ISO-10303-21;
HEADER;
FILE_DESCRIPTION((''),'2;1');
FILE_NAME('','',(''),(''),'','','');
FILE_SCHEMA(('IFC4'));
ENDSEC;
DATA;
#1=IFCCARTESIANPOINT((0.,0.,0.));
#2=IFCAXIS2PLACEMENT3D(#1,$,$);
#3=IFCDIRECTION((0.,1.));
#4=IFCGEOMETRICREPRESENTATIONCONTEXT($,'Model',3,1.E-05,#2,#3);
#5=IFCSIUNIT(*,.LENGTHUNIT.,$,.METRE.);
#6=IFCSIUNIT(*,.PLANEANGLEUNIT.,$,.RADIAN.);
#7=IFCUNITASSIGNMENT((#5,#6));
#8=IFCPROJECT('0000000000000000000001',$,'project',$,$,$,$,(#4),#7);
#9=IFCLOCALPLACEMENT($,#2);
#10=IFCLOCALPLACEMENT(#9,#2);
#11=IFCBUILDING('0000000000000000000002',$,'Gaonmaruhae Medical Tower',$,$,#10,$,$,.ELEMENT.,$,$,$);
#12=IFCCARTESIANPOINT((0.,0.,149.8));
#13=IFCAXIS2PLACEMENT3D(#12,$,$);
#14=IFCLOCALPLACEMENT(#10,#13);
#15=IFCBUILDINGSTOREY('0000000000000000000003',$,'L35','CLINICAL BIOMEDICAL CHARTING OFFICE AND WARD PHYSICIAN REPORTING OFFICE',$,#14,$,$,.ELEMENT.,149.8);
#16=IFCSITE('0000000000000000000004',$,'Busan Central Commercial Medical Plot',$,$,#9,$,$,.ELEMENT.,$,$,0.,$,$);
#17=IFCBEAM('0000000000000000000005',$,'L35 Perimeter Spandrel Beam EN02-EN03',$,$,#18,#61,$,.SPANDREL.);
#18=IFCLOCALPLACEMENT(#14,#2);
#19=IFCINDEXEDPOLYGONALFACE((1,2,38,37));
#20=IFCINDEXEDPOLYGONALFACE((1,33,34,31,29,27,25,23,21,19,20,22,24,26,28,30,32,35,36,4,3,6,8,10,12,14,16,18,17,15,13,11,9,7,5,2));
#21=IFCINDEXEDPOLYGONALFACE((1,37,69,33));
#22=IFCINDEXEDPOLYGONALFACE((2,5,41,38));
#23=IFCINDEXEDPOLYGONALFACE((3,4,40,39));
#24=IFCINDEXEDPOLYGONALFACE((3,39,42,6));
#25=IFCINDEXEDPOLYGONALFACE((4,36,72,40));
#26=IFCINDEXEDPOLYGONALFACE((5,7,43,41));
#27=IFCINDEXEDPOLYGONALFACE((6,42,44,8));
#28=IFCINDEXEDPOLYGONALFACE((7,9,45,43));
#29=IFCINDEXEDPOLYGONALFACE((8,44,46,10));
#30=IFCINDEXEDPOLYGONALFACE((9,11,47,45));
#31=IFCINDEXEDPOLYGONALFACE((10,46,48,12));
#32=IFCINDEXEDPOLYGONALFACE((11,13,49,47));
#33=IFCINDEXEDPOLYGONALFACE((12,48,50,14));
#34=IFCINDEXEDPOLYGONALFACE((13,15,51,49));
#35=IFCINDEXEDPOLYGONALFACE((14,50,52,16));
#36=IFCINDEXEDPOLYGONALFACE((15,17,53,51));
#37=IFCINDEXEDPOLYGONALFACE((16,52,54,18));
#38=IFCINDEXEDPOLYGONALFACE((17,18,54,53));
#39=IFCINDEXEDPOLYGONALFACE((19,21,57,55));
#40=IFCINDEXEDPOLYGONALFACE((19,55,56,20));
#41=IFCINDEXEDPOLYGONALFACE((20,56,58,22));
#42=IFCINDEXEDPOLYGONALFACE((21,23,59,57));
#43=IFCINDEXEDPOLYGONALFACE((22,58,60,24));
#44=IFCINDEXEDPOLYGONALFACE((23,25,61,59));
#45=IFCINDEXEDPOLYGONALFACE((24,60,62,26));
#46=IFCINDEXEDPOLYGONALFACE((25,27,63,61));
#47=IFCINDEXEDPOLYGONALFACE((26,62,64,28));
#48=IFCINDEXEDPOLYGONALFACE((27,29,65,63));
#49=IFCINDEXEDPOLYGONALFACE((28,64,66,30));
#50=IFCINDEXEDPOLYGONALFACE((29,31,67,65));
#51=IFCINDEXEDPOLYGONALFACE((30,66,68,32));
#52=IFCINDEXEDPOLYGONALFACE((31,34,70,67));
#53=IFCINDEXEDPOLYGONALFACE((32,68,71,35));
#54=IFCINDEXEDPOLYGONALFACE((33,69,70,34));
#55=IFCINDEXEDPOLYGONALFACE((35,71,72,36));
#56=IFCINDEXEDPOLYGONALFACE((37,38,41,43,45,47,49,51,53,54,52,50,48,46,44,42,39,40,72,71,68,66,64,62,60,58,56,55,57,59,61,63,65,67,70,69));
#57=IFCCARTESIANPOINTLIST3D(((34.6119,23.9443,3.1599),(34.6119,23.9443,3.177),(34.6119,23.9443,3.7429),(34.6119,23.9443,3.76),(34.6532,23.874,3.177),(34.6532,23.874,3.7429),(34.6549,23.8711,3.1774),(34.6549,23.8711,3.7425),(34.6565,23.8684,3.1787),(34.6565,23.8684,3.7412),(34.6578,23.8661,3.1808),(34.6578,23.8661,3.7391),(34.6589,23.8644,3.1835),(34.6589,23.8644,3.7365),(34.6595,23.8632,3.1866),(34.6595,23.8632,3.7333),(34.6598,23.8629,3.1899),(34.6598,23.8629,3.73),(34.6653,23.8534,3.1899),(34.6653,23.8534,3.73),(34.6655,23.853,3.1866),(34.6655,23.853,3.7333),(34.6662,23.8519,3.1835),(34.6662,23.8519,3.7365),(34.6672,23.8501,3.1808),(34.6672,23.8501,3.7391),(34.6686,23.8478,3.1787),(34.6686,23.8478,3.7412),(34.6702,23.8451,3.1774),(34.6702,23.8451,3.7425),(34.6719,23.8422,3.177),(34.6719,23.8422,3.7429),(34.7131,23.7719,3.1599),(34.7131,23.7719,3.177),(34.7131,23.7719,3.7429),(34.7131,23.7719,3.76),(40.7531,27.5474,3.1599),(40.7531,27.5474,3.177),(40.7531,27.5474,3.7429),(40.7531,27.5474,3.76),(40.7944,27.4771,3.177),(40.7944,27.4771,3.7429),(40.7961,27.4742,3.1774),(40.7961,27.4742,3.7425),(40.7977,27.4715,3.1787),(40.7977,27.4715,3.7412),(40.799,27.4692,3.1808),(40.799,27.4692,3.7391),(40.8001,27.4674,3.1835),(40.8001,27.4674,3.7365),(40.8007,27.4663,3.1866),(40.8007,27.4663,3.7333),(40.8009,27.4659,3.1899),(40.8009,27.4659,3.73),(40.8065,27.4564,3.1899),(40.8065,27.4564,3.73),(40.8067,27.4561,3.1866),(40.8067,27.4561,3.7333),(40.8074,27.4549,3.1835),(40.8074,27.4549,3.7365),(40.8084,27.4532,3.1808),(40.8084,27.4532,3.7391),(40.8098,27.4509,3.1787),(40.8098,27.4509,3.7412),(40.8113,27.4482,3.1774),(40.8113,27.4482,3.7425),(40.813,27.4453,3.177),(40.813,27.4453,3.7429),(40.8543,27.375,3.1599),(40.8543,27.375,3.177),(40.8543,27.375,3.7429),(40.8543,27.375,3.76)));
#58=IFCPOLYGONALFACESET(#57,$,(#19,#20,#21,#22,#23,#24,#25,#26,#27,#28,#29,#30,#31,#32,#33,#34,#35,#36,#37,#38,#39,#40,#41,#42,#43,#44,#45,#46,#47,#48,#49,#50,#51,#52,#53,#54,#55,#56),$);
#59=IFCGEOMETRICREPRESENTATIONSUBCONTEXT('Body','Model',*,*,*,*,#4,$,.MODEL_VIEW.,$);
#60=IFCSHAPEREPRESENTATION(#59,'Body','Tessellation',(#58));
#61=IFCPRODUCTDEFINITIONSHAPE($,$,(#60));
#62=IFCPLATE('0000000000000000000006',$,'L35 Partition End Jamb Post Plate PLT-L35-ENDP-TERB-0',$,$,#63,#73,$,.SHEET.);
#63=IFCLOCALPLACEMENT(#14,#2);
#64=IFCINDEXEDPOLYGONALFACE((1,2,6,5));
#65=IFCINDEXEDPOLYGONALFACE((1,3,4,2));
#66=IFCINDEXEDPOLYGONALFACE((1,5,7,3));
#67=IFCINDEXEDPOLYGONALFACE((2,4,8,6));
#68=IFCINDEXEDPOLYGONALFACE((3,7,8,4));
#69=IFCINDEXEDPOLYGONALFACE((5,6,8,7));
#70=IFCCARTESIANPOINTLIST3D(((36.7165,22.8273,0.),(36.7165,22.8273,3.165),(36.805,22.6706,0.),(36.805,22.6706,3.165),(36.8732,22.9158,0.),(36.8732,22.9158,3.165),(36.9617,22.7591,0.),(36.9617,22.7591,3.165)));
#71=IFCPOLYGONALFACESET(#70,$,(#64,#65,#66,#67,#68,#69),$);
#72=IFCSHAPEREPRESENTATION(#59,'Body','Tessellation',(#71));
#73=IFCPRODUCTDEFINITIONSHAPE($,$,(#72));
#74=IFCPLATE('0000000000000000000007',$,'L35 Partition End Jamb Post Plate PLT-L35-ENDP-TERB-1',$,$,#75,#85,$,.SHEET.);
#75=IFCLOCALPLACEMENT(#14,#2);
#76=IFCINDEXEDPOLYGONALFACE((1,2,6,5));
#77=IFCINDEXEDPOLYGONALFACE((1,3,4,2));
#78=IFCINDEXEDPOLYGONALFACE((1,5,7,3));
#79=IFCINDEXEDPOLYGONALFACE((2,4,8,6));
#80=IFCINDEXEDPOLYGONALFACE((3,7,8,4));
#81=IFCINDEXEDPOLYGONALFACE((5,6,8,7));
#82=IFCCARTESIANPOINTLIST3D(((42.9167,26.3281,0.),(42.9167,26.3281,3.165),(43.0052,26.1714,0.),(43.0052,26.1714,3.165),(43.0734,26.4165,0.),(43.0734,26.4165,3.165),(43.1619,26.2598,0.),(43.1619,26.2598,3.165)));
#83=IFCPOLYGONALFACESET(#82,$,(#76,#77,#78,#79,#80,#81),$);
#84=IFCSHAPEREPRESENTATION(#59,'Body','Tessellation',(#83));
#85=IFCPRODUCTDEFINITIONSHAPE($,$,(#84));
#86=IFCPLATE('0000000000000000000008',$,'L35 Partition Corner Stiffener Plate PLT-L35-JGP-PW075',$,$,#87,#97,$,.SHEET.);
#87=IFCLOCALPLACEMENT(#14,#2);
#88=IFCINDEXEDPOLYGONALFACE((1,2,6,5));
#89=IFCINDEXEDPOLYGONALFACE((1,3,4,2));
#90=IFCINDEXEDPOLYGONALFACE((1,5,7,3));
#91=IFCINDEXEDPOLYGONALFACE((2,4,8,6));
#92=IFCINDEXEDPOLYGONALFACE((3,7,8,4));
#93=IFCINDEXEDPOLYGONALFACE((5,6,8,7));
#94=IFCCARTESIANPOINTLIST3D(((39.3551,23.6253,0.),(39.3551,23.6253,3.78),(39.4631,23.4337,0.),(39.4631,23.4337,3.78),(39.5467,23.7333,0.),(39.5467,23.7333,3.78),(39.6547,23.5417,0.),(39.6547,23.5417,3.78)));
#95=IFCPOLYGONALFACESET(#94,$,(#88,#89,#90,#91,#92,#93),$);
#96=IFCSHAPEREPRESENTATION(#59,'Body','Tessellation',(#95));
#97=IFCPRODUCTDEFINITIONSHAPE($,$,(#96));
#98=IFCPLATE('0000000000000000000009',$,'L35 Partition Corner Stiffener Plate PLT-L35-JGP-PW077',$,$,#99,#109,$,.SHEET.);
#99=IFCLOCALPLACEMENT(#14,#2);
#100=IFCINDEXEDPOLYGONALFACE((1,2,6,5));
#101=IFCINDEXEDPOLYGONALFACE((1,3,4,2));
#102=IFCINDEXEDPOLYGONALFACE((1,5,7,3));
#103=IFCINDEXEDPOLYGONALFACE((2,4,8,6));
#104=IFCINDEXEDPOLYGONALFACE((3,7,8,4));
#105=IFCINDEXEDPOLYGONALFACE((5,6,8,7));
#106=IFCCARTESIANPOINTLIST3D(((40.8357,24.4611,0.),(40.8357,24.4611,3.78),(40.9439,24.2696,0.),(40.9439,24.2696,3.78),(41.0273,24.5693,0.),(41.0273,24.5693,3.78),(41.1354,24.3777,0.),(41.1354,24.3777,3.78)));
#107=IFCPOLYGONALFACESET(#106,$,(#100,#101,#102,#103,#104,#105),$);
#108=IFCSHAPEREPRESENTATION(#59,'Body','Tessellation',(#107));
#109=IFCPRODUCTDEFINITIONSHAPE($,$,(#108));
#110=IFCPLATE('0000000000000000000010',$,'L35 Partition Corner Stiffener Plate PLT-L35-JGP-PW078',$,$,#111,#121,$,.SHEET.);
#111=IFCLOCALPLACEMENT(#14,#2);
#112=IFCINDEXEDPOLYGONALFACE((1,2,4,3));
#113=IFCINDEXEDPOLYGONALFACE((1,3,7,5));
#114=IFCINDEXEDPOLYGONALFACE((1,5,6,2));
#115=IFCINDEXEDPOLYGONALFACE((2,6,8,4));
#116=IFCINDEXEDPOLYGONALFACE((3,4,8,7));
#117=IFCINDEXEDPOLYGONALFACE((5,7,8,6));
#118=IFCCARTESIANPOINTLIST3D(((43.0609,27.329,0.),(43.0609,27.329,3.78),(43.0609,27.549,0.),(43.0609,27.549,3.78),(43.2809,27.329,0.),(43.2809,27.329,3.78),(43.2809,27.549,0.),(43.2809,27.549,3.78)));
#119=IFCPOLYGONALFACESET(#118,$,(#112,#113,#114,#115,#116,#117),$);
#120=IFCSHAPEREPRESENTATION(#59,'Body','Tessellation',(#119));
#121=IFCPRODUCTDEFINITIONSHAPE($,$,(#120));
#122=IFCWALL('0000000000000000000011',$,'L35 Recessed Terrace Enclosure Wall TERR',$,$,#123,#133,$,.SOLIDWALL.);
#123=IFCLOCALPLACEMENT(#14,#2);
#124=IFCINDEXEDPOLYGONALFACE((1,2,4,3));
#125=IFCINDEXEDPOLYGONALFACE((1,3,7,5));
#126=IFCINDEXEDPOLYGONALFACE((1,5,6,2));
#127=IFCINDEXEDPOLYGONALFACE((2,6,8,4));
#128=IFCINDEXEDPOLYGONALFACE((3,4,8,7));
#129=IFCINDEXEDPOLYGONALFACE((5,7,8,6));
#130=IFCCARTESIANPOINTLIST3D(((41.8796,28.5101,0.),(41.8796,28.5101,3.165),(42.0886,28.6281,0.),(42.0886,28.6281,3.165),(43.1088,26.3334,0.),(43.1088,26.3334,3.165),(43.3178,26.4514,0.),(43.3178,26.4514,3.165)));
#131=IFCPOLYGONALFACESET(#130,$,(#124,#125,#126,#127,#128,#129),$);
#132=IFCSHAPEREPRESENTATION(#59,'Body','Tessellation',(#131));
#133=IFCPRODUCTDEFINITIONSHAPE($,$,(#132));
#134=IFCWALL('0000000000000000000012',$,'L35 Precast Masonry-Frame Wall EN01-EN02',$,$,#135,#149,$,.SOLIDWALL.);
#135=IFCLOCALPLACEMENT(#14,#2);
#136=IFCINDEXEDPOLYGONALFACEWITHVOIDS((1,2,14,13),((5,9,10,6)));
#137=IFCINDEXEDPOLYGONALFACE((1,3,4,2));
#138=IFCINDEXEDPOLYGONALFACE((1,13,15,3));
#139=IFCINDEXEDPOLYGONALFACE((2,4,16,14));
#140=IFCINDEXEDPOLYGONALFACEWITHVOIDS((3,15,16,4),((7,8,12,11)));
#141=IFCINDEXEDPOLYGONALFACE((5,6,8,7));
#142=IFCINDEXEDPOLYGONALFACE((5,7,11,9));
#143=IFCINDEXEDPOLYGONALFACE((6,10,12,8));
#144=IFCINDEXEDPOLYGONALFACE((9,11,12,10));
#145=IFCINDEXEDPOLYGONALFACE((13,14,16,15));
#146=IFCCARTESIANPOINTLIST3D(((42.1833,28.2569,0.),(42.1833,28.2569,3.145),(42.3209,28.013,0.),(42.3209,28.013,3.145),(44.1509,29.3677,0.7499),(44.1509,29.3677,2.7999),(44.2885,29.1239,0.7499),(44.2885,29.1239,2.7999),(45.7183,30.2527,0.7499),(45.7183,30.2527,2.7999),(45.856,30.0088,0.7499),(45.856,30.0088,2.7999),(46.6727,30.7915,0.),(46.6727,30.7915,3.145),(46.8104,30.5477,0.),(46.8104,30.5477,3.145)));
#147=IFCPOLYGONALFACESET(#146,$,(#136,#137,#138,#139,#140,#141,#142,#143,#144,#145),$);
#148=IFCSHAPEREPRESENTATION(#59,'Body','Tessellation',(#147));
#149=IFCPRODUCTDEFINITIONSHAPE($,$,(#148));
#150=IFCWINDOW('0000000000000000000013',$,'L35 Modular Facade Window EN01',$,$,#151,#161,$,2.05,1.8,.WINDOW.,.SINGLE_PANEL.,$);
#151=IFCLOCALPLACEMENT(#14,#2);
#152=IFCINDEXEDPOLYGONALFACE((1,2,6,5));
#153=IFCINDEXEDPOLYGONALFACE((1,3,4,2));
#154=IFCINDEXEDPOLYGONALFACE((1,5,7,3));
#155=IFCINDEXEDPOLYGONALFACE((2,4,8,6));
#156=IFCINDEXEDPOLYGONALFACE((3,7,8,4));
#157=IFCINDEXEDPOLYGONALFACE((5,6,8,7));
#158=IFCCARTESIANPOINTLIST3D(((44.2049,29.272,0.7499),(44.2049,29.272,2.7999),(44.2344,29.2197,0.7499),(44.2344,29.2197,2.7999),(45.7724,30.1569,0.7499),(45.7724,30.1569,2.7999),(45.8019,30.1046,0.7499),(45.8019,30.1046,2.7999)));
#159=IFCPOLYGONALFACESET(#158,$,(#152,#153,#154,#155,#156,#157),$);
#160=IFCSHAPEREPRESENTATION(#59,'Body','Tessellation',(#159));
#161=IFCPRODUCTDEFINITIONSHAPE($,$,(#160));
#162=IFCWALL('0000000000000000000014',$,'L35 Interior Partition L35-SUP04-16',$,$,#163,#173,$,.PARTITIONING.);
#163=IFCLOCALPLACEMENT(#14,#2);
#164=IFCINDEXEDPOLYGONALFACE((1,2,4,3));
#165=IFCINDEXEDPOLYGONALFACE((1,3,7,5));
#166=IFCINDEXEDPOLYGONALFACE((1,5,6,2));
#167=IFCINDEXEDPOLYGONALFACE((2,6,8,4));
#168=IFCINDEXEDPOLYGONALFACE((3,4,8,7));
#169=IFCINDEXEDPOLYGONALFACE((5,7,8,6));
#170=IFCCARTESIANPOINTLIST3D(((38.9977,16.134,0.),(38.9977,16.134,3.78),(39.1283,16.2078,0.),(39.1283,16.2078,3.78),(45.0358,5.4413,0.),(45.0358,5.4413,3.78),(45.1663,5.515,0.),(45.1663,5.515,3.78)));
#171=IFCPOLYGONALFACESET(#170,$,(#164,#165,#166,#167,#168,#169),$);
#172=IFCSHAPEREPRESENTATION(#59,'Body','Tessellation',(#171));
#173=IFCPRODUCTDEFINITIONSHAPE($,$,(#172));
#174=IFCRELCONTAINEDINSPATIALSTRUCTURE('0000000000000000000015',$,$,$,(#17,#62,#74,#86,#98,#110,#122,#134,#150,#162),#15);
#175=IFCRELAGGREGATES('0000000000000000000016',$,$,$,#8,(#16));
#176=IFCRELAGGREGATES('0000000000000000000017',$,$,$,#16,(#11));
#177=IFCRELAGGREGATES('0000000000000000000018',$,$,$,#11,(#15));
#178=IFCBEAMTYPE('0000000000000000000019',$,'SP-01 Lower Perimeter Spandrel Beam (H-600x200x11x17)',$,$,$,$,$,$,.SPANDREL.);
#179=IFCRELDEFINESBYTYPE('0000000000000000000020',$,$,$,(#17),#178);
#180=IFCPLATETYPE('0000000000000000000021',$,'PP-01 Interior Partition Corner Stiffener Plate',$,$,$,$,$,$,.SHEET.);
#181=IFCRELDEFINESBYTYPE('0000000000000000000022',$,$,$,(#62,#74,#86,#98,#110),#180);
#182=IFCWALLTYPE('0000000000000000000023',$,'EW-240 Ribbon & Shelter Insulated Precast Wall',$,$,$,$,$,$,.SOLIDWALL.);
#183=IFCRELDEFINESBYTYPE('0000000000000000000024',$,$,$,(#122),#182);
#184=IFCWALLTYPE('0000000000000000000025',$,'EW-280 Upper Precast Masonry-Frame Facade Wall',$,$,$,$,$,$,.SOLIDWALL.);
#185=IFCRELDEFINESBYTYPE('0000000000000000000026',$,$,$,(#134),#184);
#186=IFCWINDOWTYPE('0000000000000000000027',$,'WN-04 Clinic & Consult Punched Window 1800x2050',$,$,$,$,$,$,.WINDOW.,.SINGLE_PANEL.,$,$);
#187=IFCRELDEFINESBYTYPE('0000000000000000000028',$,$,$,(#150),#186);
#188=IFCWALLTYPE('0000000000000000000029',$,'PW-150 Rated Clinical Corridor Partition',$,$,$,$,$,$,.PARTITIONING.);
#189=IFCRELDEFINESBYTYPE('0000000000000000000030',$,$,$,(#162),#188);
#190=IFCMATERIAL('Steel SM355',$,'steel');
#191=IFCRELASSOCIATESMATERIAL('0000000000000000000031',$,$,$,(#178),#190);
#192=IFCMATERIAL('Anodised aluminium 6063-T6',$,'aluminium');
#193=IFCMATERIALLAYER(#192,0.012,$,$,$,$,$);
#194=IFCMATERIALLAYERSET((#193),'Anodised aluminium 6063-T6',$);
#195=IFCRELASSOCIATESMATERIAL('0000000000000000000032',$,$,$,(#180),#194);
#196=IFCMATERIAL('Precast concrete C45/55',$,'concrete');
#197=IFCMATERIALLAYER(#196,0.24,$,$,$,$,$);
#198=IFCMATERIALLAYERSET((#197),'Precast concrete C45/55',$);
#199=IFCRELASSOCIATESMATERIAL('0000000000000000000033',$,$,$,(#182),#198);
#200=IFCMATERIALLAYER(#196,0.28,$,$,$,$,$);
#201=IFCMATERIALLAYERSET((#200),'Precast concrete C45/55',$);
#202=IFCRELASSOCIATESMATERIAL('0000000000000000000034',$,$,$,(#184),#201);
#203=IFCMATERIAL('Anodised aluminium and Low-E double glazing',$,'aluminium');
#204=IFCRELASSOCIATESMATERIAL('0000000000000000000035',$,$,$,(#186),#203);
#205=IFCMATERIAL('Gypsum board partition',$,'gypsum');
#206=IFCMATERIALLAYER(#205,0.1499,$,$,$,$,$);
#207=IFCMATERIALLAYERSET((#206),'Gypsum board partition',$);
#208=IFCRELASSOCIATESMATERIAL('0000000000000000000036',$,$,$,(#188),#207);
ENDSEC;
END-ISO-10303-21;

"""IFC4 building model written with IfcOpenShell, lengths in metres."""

from ifc_helpers import new_model, si_unit, direction, frame, frame_2d, origin, origin_2d, place, context, subcontext, project, spatial, rectangle, i_section, extrude, material, layer, layer_set, material_profile, profile_set, type_object, element, fill, save


model = new_model("IFC4")

# Units and contexts
model_context = context("Model", 3, precision=1e-05, world=origin(), true_north=direction((0.0, 1.0)))
body_context = subcontext(model_context, "Body", "Model", "MODEL_VIEW")
ifc_project = project(units=[si_unit("LENGTHUNIT", "METRE"), si_unit("PLANEANGLEUNIT", "RADIAN")], contexts=[model_context])

# Site, building, storey
site_placement = place(None, origin())
site = spatial("IfcSite", under=ifc_project, at=site_placement, Name="Busan Central Commercial Medical Plot", CompositionType="ELEMENT", RefElevation=0.0)
building_placement = place(site_placement, origin())
building = spatial("IfcBuilding", under=site, at=building_placement, Name="Gaonmaruhae Medical Tower", CompositionType="ELEMENT")
storey_placement = place(building_placement, frame((0.0, 0.0, 149.8)))
storey = spatial("IfcBuildingStorey", under=building, at=storey_placement, Name="L35", Description="CLINICAL BIOMEDICAL CHARTING OFFICE AND WARD PHYSICIAN REPORTING OFFICE", CompositionType="ELEMENT", Elevation=149.8)

# Beam
ifc_material_1 = material(Name="Steel SM355", Category="steel")
ifc_material_profile_1 = material_profile(ifc_material_1, i_section(OverallWidth=0.2, OverallDepth=0.6001, WebThickness=0.011, FlangeThickness=0.0171, FilletRadius=0.0129, at=origin_2d()), Name="H-600x200x11x17")
ifc_profile_set_1 = profile_set([ifc_material_profile_1], Name="Steel SM355")
beam_type_1 = type_object("IfcBeamType", Name="SP-01 Lower Perimeter Spandrel Beam (H-600x200x11x17)", PredefinedType="SPANDREL", material=ifc_profile_set_1)
beam_1_placement = place(storey_placement, frame((40.8037, 27.4612, 3.46), z_axis=(-0.86251, -0.50604, 0.0), x_axis=(0.50604, -0.86251, 0.0)))
element("IfcBeam", 1, at=beam_1_placement, inside=storey, type_object=beam_type_1, Name="L35 Perimeter Spandrel Beam EN02-EN03", PredefinedType="SPANDREL", context=body_context, shape_type="SweptSolid", body=[
    extrude(i_section(OverallWidth=0.2, OverallDepth=0.6001, WebThickness=0.011, FlangeThickness=0.0171, FilletRadius=0.0129, at=origin_2d()), origin(), (0.0, 0.0, 1.0), 7.1201),
])

# Plates
ifc_material_2 = material(Name="Anodised aluminium 6063-T6", Category="aluminium")
ifc_layer_1 = layer(ifc_material_2, 0.012)
ifc_layer_set_1 = layer_set([ifc_layer_1], Name="Anodised aluminium 6063-T6")
plate_type = type_object("IfcPlateType", Name="PP-01 Interior Partition Corner Stiffener Plate", PredefinedType="SHEET", material=ifc_layer_set_1)
for number, where, z_axis, x_axis, name in (
    (2, (36.8391, 22.7932, 0.0), (0.0, 0.0, 1.0), (0.870785, 0.491664, 0.0), "L35 Partition End Jamb Post Plate PLT-L35-ENDP-TERB-0"),
    (3, (43.0393, 26.2939, 0.0), (0.0, 0.0, 1.0), (0.870785, 0.491664, 0.0), "L35 Partition End Jamb Post Plate PLT-L35-ENDP-TERB-1"),
):
    element("IfcPlate", number, at=place(storey_placement, frame(where, z_axis=z_axis, x_axis=x_axis)), inside=storey, type_object=plate_type, Name=name, PredefinedType="SHEET", context=body_context, shape_type="SweptSolid", body=[
        extrude(rectangle(XDim=0.1799, YDim=0.1799, at=origin_2d()), origin(), (0.0, 0.0, 1.0), 3.165),
    ])
for number, where, z_axis, x_axis, name in (
    (4, (39.5049, 23.5835, 0.0), (0.0, 0.0, 1.0), (0.491025, -0.871145, 0.0), "L35 Partition Corner Stiffener Plate PLT-L35-JGP-PW075"),
    (5, (40.9856, 24.4194, 0.0), (0.0, 0.0, 1.0), (-0.49174, 0.870742, 0.0), "L35 Partition Corner Stiffener Plate PLT-L35-JGP-PW077"),
    (6, (43.1709, 27.439, 0.0), (0.0, 0.0, 1.0), (1.0, 0.0, 0.0), "L35 Partition Corner Stiffener Plate PLT-L35-JGP-PW078"),
):
    element("IfcPlate", number, at=place(storey_placement, frame(where, z_axis=z_axis, x_axis=x_axis)), inside=storey, type_object=plate_type, Name=name, PredefinedType="SHEET", context=body_context, shape_type="SweptSolid", body=[
        extrude(rectangle(XDim=0.22, YDim=0.22, at=origin_2d()), origin(), (0.0, 0.0, 1.0), 3.78),
    ])

# Shared definitions
ifc_material_3 = material(Name="Precast concrete C45/55", Category="concrete")
ifc_layer_2 = layer(ifc_material_3, 0.24)
ifc_layer_set_2 = layer_set([ifc_layer_2], Name="Precast concrete C45/55")
wall_type_1 = type_object("IfcWallType", Name="EW-240 Ribbon & Shelter Insulated Precast Wall", PredefinedType="SOLIDWALL", material=ifc_layer_set_2)

# Wall
wall_1_placement = place(storey_placement, frame((43.2134, 26.3923, 0.0), z_axis=(0.0, 0.0, 1.0), x_axis=(-0.491726, 0.87075, 0.0)))
element("IfcWall", 7, at=wall_1_placement, inside=storey, type_object=wall_type_1, Name="L35 Recessed Terrace Enclosure Wall TERR", PredefinedType="SOLIDWALL", context=body_context, shape_type="SweptSolid", body=[
    extrude(rectangle(XDim=2.4998, YDim=0.24, at=frame_2d((1.25, 0.0))), origin(), (0.0, 0.0, 1.0), 3.165),
])

# Wall, opening, window
ifc_layer_3 = layer(ifc_material_3, 0.28)
ifc_layer_set_3 = layer_set([ifc_layer_3], Name="Precast concrete C45/55")
wall_type_2 = type_object("IfcWallType", Name="EW-280 Upper Precast Masonry-Frame Facade Wall", PredefinedType="SOLIDWALL", material=ifc_layer_set_3)
wall_2_placement = place(storey_placement, frame((42.2522, 28.135, 0.0), z_axis=(0.0, 0.0, 1.0), x_axis=(0.870802, 0.491634, 0.0)))
wall_2 = element("IfcWall", 8, at=wall_2_placement, inside=storey, type_object=wall_type_2, Name="L35 Precast Masonry-Frame Wall EN01-EN02", PredefinedType="SOLIDWALL", context=body_context, shape_type="SweptSolid", body=[
    extrude(rectangle(XDim=5.1555, YDim=0.28, at=frame_2d((2.5776, 0.0))), origin(), (0.0, 0.0, 1.0), 3.145),
])
opening_1_placement = place(wall_2_placement, frame((2.2595, 0.0, 0.75)))
opening_1 = element("IfcOpeningElement", 9, at=opening_1_placement, cuts=wall_2, PredefinedType="OPENING", context=body_context, shape_type="SweptSolid", body=[
    extrude(rectangle(XDim=1.8, YDim=2.05, at=frame_2d((0.8999, 1.0249))), frame((0.0, 0.1499, 0.0), z_axis=(0.0, -1.0, 0.0), x_axis=(1.0, 0.0, 0.0)), (0.0, 0.0, 1.0), 0.3),
])
ifc_material_4 = material(Name="Anodised aluminium and Low-E double glazing", Category="aluminium")
window_type = type_object("IfcWindowType", Name="WN-04 Clinic & Consult Punched Window 1800x2050", PartitioningType="SINGLE_PANEL", PredefinedType="WINDOW", material=ifc_material_4)
window_placement = place(opening_1_placement, origin())
window = element("IfcWindow", 10, at=window_placement, inside=storey, type_object=window_type, Name="L35 Modular Facade Window EN01", OverallHeight=2.05, OverallWidth=1.8, PartitioningType="SINGLE_PANEL", PredefinedType="WINDOW", context=body_context, shape_type="SweptSolid", body=[
    extrude(rectangle(XDim=1.8, YDim=2.05, at=frame_2d((0.8999, 1.0249))), frame((0.0, 0.03, 0.0), z_axis=(0.0, -1.0, 0.0), x_axis=(1.0, 0.0, 0.0)), (0.0, 0.0, 1.0), 0.0601),
])
fill(opening_1, window)

# Wall
ifc_material_5 = material(Name="Gypsum board partition", Category="gypsum")
ifc_layer_4 = layer(ifc_material_5, 0.1499)
ifc_layer_set_4 = layer_set([ifc_layer_4], Name="Gypsum board partition")
wall_type_3 = type_object("IfcWallType", Name="PW-150 Rated Clinical Corridor Partition", PredefinedType="PARTITIONING", material=ifc_layer_set_4)
wall_3_placement = place(storey_placement, frame((39.063, 16.1709, 0.0), z_axis=(0.0, 0.0, 1.0), x_axis=(0.491705, -0.870762, 0.0)))
element("IfcWall", 11, at=wall_3_placement, inside=storey, type_object=wall_type_3, Name="L35 Interior Partition L35-SUP04-16", PredefinedType="PARTITIONING", context=body_context, shape_type="SweptSolid", body=[
    extrude(rectangle(XDim=12.2798, YDim=0.1499, at=frame_2d((6.1399, 0.0))), origin(), (0.0, 0.0, 1.0), 3.78),
])

save(model, "model.ifc")
